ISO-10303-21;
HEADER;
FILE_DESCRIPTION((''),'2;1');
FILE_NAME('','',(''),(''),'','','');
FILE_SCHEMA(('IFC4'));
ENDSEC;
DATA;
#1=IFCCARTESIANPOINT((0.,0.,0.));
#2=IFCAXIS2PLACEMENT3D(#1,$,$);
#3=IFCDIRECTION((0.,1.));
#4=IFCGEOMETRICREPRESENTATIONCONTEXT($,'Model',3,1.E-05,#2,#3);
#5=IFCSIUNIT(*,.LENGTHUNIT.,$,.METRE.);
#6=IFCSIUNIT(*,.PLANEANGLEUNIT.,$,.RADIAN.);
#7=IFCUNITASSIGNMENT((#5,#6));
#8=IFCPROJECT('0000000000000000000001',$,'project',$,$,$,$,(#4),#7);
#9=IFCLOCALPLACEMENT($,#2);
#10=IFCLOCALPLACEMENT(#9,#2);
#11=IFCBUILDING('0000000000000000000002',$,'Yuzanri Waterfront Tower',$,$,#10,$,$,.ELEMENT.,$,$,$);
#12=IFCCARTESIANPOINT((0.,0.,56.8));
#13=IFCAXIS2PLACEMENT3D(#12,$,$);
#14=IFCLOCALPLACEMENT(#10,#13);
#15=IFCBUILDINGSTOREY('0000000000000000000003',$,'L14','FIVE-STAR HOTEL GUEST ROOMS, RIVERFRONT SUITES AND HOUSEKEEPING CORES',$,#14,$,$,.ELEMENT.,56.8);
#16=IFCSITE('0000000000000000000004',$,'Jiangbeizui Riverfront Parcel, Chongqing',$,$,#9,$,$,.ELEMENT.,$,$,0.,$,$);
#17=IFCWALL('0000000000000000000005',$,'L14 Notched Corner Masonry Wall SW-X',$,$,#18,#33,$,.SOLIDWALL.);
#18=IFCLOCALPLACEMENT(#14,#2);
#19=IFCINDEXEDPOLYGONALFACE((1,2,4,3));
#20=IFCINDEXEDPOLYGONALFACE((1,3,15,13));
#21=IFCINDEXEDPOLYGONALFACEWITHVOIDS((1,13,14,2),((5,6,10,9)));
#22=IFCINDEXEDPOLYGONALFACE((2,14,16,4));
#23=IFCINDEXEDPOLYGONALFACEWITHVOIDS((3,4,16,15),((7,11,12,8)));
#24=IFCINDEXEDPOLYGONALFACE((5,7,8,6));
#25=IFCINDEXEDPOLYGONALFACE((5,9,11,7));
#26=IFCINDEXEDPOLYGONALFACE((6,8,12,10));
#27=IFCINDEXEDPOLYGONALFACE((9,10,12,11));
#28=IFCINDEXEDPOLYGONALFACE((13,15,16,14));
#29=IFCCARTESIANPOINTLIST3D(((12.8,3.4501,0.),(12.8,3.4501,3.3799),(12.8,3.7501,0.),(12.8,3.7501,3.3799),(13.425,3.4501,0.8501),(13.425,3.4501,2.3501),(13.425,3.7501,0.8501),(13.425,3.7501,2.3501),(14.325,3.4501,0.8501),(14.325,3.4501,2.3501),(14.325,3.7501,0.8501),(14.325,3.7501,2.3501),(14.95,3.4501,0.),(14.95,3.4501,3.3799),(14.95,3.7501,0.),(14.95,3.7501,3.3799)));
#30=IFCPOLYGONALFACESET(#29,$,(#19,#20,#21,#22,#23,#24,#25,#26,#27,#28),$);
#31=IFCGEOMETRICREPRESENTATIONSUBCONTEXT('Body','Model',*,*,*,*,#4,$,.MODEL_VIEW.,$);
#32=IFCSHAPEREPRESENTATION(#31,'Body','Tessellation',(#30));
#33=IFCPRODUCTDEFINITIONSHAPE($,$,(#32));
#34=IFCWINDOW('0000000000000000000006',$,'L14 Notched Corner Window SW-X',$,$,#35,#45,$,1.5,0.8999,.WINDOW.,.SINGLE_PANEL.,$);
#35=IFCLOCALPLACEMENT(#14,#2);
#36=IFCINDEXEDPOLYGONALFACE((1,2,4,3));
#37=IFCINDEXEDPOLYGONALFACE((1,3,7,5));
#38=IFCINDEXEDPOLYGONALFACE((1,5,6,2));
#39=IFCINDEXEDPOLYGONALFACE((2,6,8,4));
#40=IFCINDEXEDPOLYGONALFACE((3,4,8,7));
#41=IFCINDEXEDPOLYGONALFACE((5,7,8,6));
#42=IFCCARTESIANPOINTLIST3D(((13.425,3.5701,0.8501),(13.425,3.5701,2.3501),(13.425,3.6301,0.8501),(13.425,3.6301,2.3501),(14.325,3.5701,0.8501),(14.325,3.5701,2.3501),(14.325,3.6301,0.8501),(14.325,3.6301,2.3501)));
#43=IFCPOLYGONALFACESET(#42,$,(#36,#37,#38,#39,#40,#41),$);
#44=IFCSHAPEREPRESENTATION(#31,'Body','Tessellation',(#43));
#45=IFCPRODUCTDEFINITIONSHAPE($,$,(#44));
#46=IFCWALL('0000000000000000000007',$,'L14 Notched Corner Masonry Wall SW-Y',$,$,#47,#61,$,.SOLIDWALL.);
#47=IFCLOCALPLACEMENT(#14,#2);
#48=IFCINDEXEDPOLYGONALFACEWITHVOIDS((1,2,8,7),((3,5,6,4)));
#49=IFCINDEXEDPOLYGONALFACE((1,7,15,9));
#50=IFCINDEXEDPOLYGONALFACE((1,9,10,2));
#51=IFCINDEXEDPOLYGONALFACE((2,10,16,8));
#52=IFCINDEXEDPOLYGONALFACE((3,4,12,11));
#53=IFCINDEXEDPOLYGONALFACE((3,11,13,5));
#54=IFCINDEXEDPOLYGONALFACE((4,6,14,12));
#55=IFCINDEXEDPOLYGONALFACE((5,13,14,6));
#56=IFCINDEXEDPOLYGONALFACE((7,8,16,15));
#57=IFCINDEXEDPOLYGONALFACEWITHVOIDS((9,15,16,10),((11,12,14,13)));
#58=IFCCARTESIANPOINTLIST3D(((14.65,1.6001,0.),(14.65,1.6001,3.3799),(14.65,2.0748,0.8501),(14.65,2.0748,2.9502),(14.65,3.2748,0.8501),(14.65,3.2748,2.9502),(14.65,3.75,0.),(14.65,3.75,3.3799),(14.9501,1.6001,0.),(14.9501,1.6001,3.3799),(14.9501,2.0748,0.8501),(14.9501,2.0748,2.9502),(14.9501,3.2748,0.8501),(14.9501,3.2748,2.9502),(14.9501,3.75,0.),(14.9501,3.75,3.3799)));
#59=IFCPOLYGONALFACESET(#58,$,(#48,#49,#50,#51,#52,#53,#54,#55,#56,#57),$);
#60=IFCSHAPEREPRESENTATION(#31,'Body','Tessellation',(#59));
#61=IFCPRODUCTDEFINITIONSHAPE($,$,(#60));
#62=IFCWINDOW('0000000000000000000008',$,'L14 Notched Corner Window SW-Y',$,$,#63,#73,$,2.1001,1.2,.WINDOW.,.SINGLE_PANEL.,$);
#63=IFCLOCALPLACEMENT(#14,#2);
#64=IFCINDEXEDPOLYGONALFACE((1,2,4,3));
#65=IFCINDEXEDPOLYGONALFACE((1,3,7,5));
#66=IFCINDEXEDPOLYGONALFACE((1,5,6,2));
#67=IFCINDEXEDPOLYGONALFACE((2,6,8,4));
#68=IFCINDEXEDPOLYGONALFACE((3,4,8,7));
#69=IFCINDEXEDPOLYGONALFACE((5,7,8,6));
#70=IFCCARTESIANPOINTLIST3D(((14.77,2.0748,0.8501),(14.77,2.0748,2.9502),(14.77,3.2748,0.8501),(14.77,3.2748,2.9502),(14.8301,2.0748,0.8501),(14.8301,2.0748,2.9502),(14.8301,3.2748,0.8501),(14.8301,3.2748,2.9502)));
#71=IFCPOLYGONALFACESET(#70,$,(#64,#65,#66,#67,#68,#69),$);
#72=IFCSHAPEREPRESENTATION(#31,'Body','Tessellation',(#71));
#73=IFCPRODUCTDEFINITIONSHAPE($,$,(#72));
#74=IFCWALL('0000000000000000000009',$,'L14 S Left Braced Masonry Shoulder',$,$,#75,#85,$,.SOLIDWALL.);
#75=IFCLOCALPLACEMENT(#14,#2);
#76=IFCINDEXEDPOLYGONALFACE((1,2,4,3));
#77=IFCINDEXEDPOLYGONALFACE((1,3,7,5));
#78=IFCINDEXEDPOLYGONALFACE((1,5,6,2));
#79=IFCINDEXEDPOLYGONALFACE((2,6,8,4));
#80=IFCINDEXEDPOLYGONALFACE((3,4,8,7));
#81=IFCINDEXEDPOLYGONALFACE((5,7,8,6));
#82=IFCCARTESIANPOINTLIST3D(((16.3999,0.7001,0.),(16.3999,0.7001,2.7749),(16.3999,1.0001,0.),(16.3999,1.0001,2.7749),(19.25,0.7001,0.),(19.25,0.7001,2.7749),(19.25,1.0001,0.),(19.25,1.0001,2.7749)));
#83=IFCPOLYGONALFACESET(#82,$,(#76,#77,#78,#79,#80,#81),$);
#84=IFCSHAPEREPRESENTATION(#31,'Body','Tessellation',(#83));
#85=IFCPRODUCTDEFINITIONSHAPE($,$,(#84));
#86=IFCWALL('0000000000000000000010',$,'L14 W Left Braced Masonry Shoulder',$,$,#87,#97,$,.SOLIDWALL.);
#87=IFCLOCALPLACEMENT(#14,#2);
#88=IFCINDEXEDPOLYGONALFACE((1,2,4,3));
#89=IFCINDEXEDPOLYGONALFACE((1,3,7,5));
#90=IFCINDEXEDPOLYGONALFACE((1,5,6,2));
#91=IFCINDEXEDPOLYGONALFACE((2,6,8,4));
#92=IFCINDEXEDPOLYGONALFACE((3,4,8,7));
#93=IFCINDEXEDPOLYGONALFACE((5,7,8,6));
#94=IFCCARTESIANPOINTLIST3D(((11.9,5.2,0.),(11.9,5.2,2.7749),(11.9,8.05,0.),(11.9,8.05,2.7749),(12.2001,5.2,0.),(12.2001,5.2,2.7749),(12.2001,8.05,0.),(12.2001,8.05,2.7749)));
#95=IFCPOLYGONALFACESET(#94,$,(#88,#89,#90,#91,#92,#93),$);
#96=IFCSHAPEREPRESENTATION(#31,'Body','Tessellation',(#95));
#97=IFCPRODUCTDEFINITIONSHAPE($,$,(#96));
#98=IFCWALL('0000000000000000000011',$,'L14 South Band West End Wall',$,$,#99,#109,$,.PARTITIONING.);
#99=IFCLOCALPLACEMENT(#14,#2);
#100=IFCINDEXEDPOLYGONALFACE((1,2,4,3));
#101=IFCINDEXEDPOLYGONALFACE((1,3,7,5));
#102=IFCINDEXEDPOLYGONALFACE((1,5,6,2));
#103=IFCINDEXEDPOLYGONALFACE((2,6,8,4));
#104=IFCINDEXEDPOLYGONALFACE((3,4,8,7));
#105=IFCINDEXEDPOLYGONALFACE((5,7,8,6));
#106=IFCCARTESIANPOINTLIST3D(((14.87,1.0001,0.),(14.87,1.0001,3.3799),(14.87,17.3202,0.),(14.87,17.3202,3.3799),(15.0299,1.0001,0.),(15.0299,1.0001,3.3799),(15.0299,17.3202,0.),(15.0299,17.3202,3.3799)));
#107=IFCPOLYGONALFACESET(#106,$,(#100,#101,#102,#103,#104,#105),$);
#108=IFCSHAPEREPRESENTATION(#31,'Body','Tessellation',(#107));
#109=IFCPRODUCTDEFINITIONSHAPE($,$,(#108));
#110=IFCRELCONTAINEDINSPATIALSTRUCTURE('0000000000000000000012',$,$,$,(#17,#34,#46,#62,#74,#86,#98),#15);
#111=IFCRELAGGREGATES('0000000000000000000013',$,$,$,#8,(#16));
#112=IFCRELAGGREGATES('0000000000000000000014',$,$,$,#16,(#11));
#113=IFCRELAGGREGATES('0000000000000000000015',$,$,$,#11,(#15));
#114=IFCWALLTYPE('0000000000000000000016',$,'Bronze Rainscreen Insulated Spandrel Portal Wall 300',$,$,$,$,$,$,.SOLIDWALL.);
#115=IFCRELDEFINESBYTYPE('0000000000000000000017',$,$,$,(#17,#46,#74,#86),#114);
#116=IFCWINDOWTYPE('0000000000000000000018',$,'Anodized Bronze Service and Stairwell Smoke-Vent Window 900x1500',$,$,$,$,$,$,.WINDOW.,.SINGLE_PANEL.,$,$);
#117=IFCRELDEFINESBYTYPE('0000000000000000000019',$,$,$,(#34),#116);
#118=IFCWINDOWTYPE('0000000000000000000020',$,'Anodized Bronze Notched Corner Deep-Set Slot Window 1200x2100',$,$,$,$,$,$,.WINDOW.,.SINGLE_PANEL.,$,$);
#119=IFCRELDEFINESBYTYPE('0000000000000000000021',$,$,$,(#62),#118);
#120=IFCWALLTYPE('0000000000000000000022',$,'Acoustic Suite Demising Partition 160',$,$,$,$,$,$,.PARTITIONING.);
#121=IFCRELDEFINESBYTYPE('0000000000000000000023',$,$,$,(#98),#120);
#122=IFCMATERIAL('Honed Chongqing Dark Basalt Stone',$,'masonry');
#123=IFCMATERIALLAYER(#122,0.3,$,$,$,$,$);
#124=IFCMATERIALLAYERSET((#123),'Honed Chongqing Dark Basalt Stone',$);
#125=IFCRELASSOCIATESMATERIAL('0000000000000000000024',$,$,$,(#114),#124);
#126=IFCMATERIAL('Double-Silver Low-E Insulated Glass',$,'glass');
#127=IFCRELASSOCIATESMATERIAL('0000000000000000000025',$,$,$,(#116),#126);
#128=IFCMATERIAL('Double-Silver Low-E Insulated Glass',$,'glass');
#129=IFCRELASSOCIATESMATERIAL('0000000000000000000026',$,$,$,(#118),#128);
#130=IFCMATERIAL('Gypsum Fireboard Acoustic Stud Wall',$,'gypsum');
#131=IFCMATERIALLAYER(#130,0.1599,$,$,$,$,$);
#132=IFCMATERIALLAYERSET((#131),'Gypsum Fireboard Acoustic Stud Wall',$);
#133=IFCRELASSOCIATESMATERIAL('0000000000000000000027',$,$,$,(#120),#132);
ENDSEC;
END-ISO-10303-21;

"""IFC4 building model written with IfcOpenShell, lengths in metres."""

from ifc_helpers import new_model, si_unit, direction, frame, frame_2d, origin, place, context, subcontext, project, spatial, rectangle, extrude, source, transform, mapped, material, layer, layer_set, type_object, element, fill, save


model = new_model("IFC4")

# Units and contexts
model_context = context("Model", 3, precision=1e-05, world=origin(), true_north=direction((0.0, 1.0)))
body_context = subcontext(model_context, "Body", "Model", "MODEL_VIEW")
ifc_project = project(units=[si_unit("LENGTHUNIT", "METRE"), si_unit("PLANEANGLEUNIT", "RADIAN")], contexts=[model_context])

# Site, building, storey
site_placement = place(None, origin())
site = spatial("IfcSite", under=ifc_project, at=site_placement, Name="Jiangbeizui Riverfront Parcel, Chongqing", CompositionType="ELEMENT", RefElevation=0.0)
building_placement = place(site_placement, origin())
building = spatial("IfcBuilding", under=site, at=building_placement, Name="Yuzanri Waterfront Tower", CompositionType="ELEMENT")
storey_placement = place(building_placement, frame((0.0, 0.0, 56.8)))
storey = spatial("IfcBuildingStorey", under=building, at=storey_placement, Name="L14", Description="FIVE-STAR HOTEL GUEST ROOMS, RIVERFRONT SUITES AND HOUSEKEEPING CORES", CompositionType="ELEMENT", Elevation=56.8)

# Walls, openings, windows
ifc_material_1 = material(Name="Honed Chongqing Dark Basalt Stone", Category="masonry")
ifc_layer_1 = layer(ifc_material_1, 0.3)
ifc_layer_set_1 = layer_set([ifc_layer_1], Name="Honed Chongqing Dark Basalt Stone")
wall_type_1 = type_object("IfcWallType", Name="Bronze Rainscreen Insulated Spandrel Portal Wall 300", PredefinedType="SOLIDWALL", material=ifc_layer_set_1)
wall_1_placement = place(storey_placement, frame((12.8, 3.6001, 0.0), z_axis=(0.0, 0.0, 1.0), x_axis=(1.0, 0.0, 0.0)))
wall_1 = element("IfcWall", 1, at=wall_1_placement, inside=storey, type_object=wall_type_1, Name="L14 Notched Corner Masonry Wall SW-X", PredefinedType="SOLIDWALL", context=body_context, shape_type="SweptSolid", body=[
    extrude(rectangle(XDim=2.1499, YDim=0.3, at=frame_2d((1.075, 0.0))), origin(), (0.0, 0.0, 1.0), 3.3799),
])
opening_1_placement = place(wall_1_placement, frame((0.625, 0.0, 0.8501)))
opening_1 = element("IfcOpeningElement", 2, at=opening_1_placement, cuts=wall_1, PredefinedType="OPENING", context=body_context, shape_type="SweptSolid", body=[
    extrude(rectangle(XDim=0.8999, YDim=1.5, at=frame_2d((0.45, 0.75))), frame((0.0, 0.165, 0.0), z_axis=(0.0, -1.0, 0.0), x_axis=(1.0, 0.0, 0.0)), (0.0, 0.0, 1.0), 0.3298),
])
ifc_material_2 = material(Name="Double-Silver Low-E Insulated Glass", Category="glass")
window_type_1 = type_object("IfcWindowType", Name="Anodized Bronze Service and Stairwell Smoke-Vent Window 900x1500", PartitioningType="SINGLE_PANEL", PredefinedType="WINDOW", material=ifc_material_2)
shared_shape_1 = source(origin(), body_context, "Body", "SweptSolid", [
    extrude(rectangle(XDim=0.8999, YDim=1.5, at=frame_2d((0.45, 0.75))), frame((0.0, 0.03, 0.0), z_axis=(0.0, -1.0, 0.0), x_axis=(1.0, 0.0, 0.0)), (0.0, 0.0, 1.0), 0.0601),
])
window_1_placement = place(opening_1_placement, origin())
window_1 = element("IfcWindow", 3, at=window_1_placement, inside=storey, type_object=window_type_1, Name="L14 Notched Corner Window SW-X", OverallHeight=1.5, OverallWidth=0.8999, PartitioningType="SINGLE_PANEL", PredefinedType="WINDOW", context=body_context, shape_type="MappedRepresentation", body=[
    mapped(shared_shape_1, transform((0.0, 0.0, 0.0), scale=1.0)),
])
fill(opening_1, window_1)
wall_2_placement = place(storey_placement, frame((14.8, 3.75, 0.0), z_axis=(0.0, 0.0, 1.0), x_axis=(0.0, -1.0, 0.0)))
wall_2 = element("IfcWall", 4, at=wall_2_placement, inside=storey, type_object=wall_type_1, Name="L14 Notched Corner Masonry Wall SW-Y", PredefinedType="SOLIDWALL", context=body_context, shape_type="SweptSolid", body=[
    extrude(rectangle(XDim=2.1499, YDim=0.3, at=frame_2d((1.075, 0.0))), origin(), (0.0, 0.0, 1.0), 3.3799),
])
opening_2_placement = place(wall_2_placement, frame((0.4751, 0.0, 0.8501)))
opening_2 = element("IfcOpeningElement", 5, at=opening_2_placement, cuts=wall_2, PredefinedType="OPENING", context=body_context, shape_type="SweptSolid", body=[
    extrude(rectangle(XDim=1.2, YDim=2.1001, at=frame_2d((0.6001, 1.05))), frame((0.0, 0.165, 0.0), z_axis=(0.0, -1.0, 0.0), x_axis=(1.0, 0.0, 0.0)), (0.0, 0.0, 1.0), 0.3298),
])
ifc_material_3 = material(Name="Double-Silver Low-E Insulated Glass", Category="glass")
window_type_2 = type_object("IfcWindowType", Name="Anodized Bronze Notched Corner Deep-Set Slot Window 1200x2100", PartitioningType="SINGLE_PANEL", PredefinedType="WINDOW", material=ifc_material_3)
shared_shape_2 = source(origin(), body_context, "Body", "SweptSolid", [
    extrude(rectangle(XDim=1.2, YDim=2.1001, at=frame_2d((0.6001, 1.05))), frame((0.0, 0.03, 0.0), z_axis=(0.0, -1.0, 0.0), x_axis=(1.0, 0.0, 0.0)), (0.0, 0.0, 1.0), 0.0601),
])
window_2_placement = place(opening_2_placement, origin())
window_2 = element("IfcWindow", 6, at=window_2_placement, inside=storey, type_object=window_type_2, Name="L14 Notched Corner Window SW-Y", OverallHeight=2.1001, OverallWidth=1.2, PartitioningType="SINGLE_PANEL", PredefinedType="WINDOW", context=body_context, shape_type="MappedRepresentation", body=[
    mapped(shared_shape_2, transform((0.0, 0.0, 0.0), scale=1.0)),
])
fill(opening_2, window_2)

# Walls
shared_shape_3 = source(origin(), body_context, "Body", "SweptSolid", [
    extrude(rectangle(XDim=2.8501, YDim=0.3, at=frame_2d((1.425, 0.0))), origin(), (0.0, 0.0, 1.0), 2.7749),
])
for number, where, z_axis, x_axis, name in (
    (7, (16.3999, 0.8501, 0.0), (0.0, 0.0, 1.0), (1.0, 0.0, 0.0), "L14 S Left Braced Masonry Shoulder"),
    (8, (12.05, 5.2, 0.0), (0.0, 0.0, 1.0), (0.0, 1.0, 0.0), "L14 W Left Braced Masonry Shoulder"),
):
    element("IfcWall", number, at=place(storey_placement, frame(where, z_axis=z_axis, x_axis=x_axis)), inside=storey, type_object=wall_type_1, Name=name, PredefinedType="SOLIDWALL", context=body_context, shape_type="MappedRepresentation", body=[
        mapped(shared_shape_3, transform((0.0, 0.0, 0.0), scale=1.0)),
    ])
ifc_material_4 = material(Name="Gypsum Fireboard Acoustic Stud Wall", Category="gypsum")
ifc_layer_2 = layer(ifc_material_4, 0.1599)
ifc_layer_set_2 = layer_set([ifc_layer_2], Name="Gypsum Fireboard Acoustic Stud Wall")
wall_type_2 = type_object("IfcWallType", Name="Acoustic Suite Demising Partition 160", PredefinedType="PARTITIONING", material=ifc_layer_set_2)
shared_shape_4 = source(origin(), body_context, "Body", "SweptSolid", [
    extrude(rectangle(XDim=16.3201, YDim=0.1599, at=frame_2d((8.1602, 0.0))), origin(), (0.0, 0.0, 1.0), 3.3799),
])
wall_3_placement = place(storey_placement, frame((14.95, 1.0, 0.0), z_axis=(0.0, 0.0, 1.0), x_axis=(0.0, 1.0, 0.0)))
element("IfcWall", 9, at=wall_3_placement, inside=storey, type_object=wall_type_2, Name="L14 South Band West End Wall", PredefinedType="PARTITIONING", context=body_context, shape_type="MappedRepresentation", body=[
    mapped(shared_shape_4, transform((0.0, 0.0, 0.0), scale=1.0)),
])

save(model, "model.ifc")
